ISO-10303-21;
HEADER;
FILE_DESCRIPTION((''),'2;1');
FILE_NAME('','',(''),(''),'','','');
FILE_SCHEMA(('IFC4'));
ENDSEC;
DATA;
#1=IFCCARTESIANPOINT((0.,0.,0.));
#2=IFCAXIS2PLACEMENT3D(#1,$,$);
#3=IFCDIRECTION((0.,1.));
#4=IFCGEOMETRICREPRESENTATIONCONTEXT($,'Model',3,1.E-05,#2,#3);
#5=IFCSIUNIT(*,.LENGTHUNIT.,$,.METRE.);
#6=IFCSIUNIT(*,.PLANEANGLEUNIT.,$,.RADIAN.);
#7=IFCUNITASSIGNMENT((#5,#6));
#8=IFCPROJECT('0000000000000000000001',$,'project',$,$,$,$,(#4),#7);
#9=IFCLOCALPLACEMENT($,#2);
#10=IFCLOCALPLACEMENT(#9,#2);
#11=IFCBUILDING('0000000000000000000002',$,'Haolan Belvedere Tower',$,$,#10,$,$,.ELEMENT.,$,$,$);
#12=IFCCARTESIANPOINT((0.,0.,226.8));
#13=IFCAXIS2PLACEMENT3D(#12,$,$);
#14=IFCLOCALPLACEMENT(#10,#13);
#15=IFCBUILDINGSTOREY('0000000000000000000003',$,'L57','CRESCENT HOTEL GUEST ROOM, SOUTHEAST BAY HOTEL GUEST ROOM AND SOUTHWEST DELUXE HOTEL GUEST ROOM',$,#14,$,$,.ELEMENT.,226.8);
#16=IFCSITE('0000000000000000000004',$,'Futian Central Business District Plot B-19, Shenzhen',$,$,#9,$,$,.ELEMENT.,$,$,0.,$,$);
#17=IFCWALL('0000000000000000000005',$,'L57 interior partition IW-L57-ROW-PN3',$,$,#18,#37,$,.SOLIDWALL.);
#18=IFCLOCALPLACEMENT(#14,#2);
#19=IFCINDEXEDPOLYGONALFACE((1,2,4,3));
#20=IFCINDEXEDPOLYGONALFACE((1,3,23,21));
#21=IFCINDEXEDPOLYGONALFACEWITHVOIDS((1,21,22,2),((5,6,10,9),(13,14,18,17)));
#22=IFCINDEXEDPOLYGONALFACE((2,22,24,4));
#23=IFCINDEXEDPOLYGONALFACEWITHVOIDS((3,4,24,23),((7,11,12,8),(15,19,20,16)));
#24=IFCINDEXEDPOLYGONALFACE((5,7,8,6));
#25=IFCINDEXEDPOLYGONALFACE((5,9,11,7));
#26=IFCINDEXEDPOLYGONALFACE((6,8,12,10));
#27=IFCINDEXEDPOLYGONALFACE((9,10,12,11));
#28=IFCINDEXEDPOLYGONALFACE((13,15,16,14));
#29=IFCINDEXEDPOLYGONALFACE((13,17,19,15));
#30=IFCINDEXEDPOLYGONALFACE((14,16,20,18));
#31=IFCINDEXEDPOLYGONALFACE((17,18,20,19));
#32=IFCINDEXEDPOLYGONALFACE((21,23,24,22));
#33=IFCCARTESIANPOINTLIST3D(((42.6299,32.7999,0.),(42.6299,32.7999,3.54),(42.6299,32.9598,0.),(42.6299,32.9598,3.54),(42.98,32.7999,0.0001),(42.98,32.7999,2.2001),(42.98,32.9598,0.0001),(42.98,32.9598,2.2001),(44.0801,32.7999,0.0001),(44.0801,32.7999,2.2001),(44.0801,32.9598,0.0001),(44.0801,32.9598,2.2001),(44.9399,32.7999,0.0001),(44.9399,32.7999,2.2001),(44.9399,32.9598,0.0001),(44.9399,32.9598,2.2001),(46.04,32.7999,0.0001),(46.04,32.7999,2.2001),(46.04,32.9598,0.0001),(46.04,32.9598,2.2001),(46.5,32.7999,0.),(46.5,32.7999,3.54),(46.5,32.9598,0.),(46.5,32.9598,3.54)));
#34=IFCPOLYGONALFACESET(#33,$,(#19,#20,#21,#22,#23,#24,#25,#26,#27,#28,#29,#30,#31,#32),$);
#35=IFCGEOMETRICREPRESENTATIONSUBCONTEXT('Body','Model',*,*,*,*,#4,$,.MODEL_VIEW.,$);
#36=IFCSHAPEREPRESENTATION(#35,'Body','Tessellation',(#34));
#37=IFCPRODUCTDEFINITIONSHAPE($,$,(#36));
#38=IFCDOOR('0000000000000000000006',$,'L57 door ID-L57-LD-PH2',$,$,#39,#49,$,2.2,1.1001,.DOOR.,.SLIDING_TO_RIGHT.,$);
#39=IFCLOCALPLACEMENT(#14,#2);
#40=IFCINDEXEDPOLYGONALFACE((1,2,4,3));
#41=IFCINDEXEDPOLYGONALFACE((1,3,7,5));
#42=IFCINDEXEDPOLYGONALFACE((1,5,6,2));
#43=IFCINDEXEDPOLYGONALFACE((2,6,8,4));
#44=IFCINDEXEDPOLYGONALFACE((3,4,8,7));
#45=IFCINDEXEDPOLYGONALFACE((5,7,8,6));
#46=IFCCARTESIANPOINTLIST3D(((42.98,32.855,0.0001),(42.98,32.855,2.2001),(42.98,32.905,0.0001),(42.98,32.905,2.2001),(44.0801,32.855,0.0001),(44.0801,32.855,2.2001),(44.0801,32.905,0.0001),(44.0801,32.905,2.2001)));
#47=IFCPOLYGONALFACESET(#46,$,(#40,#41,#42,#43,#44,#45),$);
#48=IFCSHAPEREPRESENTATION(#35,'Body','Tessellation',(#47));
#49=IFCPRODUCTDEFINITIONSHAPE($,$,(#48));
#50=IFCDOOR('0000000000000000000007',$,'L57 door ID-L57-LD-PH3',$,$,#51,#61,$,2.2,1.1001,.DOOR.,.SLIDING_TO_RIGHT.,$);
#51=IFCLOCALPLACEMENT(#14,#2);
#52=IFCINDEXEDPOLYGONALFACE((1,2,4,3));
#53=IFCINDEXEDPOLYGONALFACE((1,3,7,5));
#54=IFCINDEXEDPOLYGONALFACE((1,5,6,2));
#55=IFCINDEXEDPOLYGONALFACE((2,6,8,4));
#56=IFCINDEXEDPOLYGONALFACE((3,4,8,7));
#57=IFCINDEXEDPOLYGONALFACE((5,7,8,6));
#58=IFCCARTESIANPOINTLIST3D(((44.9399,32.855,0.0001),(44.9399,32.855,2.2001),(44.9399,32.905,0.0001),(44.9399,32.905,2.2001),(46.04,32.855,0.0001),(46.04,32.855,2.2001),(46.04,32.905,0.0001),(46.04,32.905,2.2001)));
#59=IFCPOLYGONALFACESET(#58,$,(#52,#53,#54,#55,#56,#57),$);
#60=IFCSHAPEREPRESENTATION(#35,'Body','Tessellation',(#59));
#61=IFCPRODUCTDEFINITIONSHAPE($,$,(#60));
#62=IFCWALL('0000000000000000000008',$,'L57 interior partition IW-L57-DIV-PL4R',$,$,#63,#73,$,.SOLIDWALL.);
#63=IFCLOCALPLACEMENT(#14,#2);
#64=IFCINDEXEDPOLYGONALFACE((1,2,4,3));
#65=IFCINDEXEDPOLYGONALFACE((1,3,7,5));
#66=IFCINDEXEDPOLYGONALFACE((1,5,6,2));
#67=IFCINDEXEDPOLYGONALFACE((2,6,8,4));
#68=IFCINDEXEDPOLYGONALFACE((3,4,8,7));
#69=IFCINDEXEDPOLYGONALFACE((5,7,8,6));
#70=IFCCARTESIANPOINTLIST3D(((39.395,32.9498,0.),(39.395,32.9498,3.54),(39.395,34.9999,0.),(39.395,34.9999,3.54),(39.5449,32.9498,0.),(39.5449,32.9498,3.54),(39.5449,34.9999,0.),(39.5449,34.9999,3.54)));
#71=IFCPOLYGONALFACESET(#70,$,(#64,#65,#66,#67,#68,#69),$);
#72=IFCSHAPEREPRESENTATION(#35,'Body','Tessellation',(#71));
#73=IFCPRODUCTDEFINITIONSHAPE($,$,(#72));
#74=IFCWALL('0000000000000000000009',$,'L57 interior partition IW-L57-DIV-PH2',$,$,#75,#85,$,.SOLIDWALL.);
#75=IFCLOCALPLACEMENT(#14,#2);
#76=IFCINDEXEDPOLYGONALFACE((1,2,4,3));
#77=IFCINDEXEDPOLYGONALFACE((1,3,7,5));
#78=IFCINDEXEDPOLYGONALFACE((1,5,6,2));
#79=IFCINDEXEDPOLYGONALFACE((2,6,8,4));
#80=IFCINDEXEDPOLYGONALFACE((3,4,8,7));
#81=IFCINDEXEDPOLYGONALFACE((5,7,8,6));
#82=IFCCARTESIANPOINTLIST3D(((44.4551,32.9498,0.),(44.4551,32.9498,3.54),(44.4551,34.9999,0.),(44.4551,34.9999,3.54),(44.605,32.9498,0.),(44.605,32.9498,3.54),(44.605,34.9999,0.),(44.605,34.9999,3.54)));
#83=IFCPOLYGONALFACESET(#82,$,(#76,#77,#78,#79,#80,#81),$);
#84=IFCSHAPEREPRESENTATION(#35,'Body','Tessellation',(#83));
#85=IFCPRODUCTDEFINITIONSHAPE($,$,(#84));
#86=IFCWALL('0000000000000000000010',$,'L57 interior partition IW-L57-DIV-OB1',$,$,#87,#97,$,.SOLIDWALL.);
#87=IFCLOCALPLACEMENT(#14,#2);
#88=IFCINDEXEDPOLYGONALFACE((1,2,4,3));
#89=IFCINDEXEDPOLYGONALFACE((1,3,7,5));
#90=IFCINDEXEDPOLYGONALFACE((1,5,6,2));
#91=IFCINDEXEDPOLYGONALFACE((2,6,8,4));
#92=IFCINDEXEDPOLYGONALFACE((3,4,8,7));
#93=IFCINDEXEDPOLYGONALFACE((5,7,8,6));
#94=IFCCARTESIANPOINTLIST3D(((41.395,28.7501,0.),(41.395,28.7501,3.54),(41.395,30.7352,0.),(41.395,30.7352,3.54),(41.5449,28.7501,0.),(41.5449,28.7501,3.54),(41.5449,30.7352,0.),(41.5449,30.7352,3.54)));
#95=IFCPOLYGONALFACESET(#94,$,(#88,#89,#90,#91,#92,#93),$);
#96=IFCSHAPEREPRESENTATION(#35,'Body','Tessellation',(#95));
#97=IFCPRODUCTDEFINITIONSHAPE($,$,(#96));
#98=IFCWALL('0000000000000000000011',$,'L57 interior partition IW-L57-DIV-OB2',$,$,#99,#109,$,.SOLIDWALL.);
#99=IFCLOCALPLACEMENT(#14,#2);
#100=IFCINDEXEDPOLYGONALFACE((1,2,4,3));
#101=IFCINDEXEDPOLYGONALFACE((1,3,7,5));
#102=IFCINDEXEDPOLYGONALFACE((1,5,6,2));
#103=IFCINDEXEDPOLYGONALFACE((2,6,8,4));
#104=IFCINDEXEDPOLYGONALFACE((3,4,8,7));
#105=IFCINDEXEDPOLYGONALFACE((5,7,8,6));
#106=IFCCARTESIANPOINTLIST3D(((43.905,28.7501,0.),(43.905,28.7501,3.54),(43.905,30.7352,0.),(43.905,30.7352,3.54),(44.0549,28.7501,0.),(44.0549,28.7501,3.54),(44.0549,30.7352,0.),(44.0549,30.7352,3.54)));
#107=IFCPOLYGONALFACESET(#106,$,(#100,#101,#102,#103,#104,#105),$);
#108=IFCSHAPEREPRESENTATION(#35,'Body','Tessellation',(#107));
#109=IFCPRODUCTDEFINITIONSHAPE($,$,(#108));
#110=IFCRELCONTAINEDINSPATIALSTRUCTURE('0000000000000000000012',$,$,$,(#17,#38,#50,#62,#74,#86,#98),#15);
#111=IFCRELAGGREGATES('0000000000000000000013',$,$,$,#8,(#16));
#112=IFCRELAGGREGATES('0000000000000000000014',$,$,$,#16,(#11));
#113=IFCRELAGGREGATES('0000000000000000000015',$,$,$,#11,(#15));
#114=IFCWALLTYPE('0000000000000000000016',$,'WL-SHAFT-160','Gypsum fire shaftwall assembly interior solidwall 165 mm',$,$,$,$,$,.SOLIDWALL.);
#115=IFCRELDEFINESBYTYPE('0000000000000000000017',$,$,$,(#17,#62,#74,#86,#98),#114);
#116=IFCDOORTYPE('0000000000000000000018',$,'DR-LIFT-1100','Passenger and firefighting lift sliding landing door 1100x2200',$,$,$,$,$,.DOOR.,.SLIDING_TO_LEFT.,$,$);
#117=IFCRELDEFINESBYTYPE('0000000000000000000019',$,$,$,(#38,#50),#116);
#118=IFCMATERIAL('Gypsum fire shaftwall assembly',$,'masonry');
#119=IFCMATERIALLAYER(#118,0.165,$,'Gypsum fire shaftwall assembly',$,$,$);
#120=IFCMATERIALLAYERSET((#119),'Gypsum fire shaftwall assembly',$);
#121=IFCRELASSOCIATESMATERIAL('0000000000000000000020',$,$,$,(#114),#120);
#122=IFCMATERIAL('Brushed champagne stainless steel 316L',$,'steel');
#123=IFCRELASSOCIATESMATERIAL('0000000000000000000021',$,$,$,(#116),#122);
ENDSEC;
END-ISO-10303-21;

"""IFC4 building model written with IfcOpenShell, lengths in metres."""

from ifc_helpers import new_model, si_unit, direction, frame, frame_2d, origin, place, context, subcontext, project, spatial, rectangle, extrude, material, layer, layer_set, type_object, element, fill, save


model = new_model("IFC4")

# Units and contexts
model_context = context("Model", 3, precision=1e-05, world=origin(), true_north=direction((0.0, 1.0)))
body_context = subcontext(model_context, "Body", "Model", "MODEL_VIEW")
ifc_project = project(units=[si_unit("LENGTHUNIT", "METRE"), si_unit("PLANEANGLEUNIT", "RADIAN")], contexts=[model_context])

# Site, building, storey
site_placement = place(None, origin())
site = spatial("IfcSite", under=ifc_project, at=site_placement, Name="Futian Central Business District Plot B-19, Shenzhen", CompositionType="ELEMENT", RefElevation=0.0)
building_placement = place(site_placement, origin())
building = spatial("IfcBuilding", under=site, at=building_placement, Name="Haolan Belvedere Tower", CompositionType="ELEMENT")
storey_placement = place(building_placement, frame((0.0, 0.0, 226.8)))
storey = spatial("IfcBuildingStorey", under=building, at=storey_placement, Name="L57", Description="CRESCENT HOTEL GUEST ROOM, SOUTHEAST BAY HOTEL GUEST ROOM AND SOUTHWEST DELUXE HOTEL GUEST ROOM", CompositionType="ELEMENT", Elevation=226.8)

# Shared definitions
ifc_material_1 = material(Name="Gypsum fire shaftwall assembly", Category="masonry")
ifc_layer_1 = layer(ifc_material_1, 0.165, Name="Gypsum fire shaftwall assembly")
ifc_layer_set_1 = layer_set([ifc_layer_1], Name="Gypsum fire shaftwall assembly")
wall_type_1 = type_object("IfcWallType", Name="WL-SHAFT-160", Description="Gypsum fire shaftwall assembly interior solidwall 165 mm", PredefinedType="SOLIDWALL", material=ifc_layer_set_1)

# Wall, openings, doors
wall_1_placement = place(storey_placement, frame((42.6299, 32.8799, 0.0), z_axis=(0.0, 0.0, 1.0), x_axis=(1.0, 0.0, 0.0)))
wall_1 = element("IfcWall", 1, at=wall_1_placement, inside=storey, type_object=wall_type_1, Name="L57 interior partition IW-L57-ROW-PN3", PredefinedType="SOLIDWALL", context=body_context, shape_type="SweptSolid", body=[
    extrude(rectangle(XDim=3.8701, YDim=0.1599, at=frame_2d((1.9351, 0.0))), origin(), (0.0, 0.0, 1.0), 3.54),
])
opening_1_placement = place(wall_1_placement, frame((1.4502, 0.0, 0.0), z_axis=(0.0, 0.0, 1.0), x_axis=(-1.0, 0.0, 0.0)))
opening_1 = element("IfcOpeningElement", 2, at=opening_1_placement, cuts=wall_1, PredefinedType="OPENING", context=body_context, shape_type="SweptSolid", body=[
    extrude(rectangle(XDim=1.1001, YDim=2.2, at=frame_2d((0.55, 1.1001))), frame((0.0, 0.0898, 0.0), z_axis=(0.0, -1.0, 0.0), x_axis=(1.0, 0.0, 0.0)), (0.0, 0.0, 1.0), 0.1799),
])
opening_2_placement = place(wall_1_placement, frame((3.4102, 0.0, 0.0), z_axis=(0.0, 0.0, 1.0), x_axis=(-1.0, 0.0, 0.0)))
opening_2 = element("IfcOpeningElement", 3, at=opening_2_placement, cuts=wall_1, PredefinedType="OPENING", context=body_context, shape_type="SweptSolid", body=[
    extrude(rectangle(XDim=1.1001, YDim=2.2, at=frame_2d((0.55, 1.1001))), frame((0.0, 0.0898, 0.0), z_axis=(0.0, -1.0, 0.0), x_axis=(1.0, 0.0, 0.0)), (0.0, 0.0, 1.0), 0.1799),
])
ifc_material_2 = material(Name="Brushed champagne stainless steel 316L", Category="steel")
door_type_1 = type_object("IfcDoorType", Name="DR-LIFT-1100", Description="Passenger and firefighting lift sliding landing door 1100x2200", OperationType="SLIDING_TO_LEFT", PredefinedType="DOOR", material=ifc_material_2)
door_1_placement = place(opening_1_placement, origin())
door_1 = element("IfcDoor", 4, at=door_1_placement, inside=storey, type_object=door_type_1, Name="L57 door ID-L57-LD-PH2", OperationType="SLIDING_TO_RIGHT", OverallHeight=2.2, OverallWidth=1.1001, PredefinedType="DOOR", context=body_context, shape_type="SweptSolid", body=[
    extrude(rectangle(XDim=1.1001, YDim=2.2, at=frame_2d((0.55, 1.1001))), frame((0.0, 0.0249, 0.0), z_axis=(0.0, -1.0, 0.0), x_axis=(1.0, 0.0, 0.0)), (0.0, 0.0, 1.0), 0.05),
])
fill(opening_1, door_1)
door_2_placement = place(opening_2_placement, origin())
door_2 = element("IfcDoor", 5, at=door_2_placement, inside=storey, type_object=door_type_1, Name="L57 door ID-L57-LD-PH3", OperationType="SLIDING_TO_RIGHT", OverallHeight=2.2, OverallWidth=1.1001, PredefinedType="DOOR", context=body_context, shape_type="SweptSolid", body=[
    extrude(rectangle(XDim=1.1001, YDim=2.2, at=frame_2d((0.55, 1.1001))), frame((0.0, 0.0249, 0.0), z_axis=(0.0, -1.0, 0.0), x_axis=(1.0, 0.0, 0.0)), (0.0, 0.0, 1.0), 0.05),
])
fill(opening_2, door_2)

# Walls
for number, where, z_axis, x_axis, name in (
    (6, (39.47, 32.95, 0.0), (0.0, 0.0, 1.0), (0.0, 1.0, 0.0), "L57 interior partition IW-L57-DIV-PL4R"),
    (7, (44.53, 32.95, 0.0), (0.0, 0.0, 1.0), (0.0, 1.0, 0.0), "L57 interior partition IW-L57-DIV-PH2"),
):
    element("IfcWall", number, at=place(storey_placement, frame(where, z_axis=z_axis, x_axis=x_axis)), inside=storey, type_object=wall_type_1, Name=name, PredefinedType="SOLIDWALL", context=body_context, shape_type="SweptSolid", body=[
        extrude(rectangle(XDim=2.05, YDim=0.1499, at=frame_2d((1.0249, 0.0))), origin(), (0.0, 0.0, 1.0), 3.54),
    ])
for number, where, z_axis, x_axis, name in (
    (8, (41.47, 28.75, 0.0), (0.0, 0.0, 1.0), (0.0, 1.0, 0.0), "L57 interior partition IW-L57-DIV-OB1"),
    (9, (43.98, 28.75, 0.0), (0.0, 0.0, 1.0), (0.0, 1.0, 0.0), "L57 interior partition IW-L57-DIV-OB2"),
):
    element("IfcWall", number, at=place(storey_placement, frame(where, z_axis=z_axis, x_axis=x_axis)), inside=storey, type_object=wall_type_1, Name=name, PredefinedType="SOLIDWALL", context=body_context, shape_type="SweptSolid", body=[
        extrude(rectangle(XDim=1.9851, YDim=0.1499, at=frame_2d((0.9927, 0.0))), origin(), (0.0, 0.0, 1.0), 3.54),
    ])

save(model, "model.ifc")
